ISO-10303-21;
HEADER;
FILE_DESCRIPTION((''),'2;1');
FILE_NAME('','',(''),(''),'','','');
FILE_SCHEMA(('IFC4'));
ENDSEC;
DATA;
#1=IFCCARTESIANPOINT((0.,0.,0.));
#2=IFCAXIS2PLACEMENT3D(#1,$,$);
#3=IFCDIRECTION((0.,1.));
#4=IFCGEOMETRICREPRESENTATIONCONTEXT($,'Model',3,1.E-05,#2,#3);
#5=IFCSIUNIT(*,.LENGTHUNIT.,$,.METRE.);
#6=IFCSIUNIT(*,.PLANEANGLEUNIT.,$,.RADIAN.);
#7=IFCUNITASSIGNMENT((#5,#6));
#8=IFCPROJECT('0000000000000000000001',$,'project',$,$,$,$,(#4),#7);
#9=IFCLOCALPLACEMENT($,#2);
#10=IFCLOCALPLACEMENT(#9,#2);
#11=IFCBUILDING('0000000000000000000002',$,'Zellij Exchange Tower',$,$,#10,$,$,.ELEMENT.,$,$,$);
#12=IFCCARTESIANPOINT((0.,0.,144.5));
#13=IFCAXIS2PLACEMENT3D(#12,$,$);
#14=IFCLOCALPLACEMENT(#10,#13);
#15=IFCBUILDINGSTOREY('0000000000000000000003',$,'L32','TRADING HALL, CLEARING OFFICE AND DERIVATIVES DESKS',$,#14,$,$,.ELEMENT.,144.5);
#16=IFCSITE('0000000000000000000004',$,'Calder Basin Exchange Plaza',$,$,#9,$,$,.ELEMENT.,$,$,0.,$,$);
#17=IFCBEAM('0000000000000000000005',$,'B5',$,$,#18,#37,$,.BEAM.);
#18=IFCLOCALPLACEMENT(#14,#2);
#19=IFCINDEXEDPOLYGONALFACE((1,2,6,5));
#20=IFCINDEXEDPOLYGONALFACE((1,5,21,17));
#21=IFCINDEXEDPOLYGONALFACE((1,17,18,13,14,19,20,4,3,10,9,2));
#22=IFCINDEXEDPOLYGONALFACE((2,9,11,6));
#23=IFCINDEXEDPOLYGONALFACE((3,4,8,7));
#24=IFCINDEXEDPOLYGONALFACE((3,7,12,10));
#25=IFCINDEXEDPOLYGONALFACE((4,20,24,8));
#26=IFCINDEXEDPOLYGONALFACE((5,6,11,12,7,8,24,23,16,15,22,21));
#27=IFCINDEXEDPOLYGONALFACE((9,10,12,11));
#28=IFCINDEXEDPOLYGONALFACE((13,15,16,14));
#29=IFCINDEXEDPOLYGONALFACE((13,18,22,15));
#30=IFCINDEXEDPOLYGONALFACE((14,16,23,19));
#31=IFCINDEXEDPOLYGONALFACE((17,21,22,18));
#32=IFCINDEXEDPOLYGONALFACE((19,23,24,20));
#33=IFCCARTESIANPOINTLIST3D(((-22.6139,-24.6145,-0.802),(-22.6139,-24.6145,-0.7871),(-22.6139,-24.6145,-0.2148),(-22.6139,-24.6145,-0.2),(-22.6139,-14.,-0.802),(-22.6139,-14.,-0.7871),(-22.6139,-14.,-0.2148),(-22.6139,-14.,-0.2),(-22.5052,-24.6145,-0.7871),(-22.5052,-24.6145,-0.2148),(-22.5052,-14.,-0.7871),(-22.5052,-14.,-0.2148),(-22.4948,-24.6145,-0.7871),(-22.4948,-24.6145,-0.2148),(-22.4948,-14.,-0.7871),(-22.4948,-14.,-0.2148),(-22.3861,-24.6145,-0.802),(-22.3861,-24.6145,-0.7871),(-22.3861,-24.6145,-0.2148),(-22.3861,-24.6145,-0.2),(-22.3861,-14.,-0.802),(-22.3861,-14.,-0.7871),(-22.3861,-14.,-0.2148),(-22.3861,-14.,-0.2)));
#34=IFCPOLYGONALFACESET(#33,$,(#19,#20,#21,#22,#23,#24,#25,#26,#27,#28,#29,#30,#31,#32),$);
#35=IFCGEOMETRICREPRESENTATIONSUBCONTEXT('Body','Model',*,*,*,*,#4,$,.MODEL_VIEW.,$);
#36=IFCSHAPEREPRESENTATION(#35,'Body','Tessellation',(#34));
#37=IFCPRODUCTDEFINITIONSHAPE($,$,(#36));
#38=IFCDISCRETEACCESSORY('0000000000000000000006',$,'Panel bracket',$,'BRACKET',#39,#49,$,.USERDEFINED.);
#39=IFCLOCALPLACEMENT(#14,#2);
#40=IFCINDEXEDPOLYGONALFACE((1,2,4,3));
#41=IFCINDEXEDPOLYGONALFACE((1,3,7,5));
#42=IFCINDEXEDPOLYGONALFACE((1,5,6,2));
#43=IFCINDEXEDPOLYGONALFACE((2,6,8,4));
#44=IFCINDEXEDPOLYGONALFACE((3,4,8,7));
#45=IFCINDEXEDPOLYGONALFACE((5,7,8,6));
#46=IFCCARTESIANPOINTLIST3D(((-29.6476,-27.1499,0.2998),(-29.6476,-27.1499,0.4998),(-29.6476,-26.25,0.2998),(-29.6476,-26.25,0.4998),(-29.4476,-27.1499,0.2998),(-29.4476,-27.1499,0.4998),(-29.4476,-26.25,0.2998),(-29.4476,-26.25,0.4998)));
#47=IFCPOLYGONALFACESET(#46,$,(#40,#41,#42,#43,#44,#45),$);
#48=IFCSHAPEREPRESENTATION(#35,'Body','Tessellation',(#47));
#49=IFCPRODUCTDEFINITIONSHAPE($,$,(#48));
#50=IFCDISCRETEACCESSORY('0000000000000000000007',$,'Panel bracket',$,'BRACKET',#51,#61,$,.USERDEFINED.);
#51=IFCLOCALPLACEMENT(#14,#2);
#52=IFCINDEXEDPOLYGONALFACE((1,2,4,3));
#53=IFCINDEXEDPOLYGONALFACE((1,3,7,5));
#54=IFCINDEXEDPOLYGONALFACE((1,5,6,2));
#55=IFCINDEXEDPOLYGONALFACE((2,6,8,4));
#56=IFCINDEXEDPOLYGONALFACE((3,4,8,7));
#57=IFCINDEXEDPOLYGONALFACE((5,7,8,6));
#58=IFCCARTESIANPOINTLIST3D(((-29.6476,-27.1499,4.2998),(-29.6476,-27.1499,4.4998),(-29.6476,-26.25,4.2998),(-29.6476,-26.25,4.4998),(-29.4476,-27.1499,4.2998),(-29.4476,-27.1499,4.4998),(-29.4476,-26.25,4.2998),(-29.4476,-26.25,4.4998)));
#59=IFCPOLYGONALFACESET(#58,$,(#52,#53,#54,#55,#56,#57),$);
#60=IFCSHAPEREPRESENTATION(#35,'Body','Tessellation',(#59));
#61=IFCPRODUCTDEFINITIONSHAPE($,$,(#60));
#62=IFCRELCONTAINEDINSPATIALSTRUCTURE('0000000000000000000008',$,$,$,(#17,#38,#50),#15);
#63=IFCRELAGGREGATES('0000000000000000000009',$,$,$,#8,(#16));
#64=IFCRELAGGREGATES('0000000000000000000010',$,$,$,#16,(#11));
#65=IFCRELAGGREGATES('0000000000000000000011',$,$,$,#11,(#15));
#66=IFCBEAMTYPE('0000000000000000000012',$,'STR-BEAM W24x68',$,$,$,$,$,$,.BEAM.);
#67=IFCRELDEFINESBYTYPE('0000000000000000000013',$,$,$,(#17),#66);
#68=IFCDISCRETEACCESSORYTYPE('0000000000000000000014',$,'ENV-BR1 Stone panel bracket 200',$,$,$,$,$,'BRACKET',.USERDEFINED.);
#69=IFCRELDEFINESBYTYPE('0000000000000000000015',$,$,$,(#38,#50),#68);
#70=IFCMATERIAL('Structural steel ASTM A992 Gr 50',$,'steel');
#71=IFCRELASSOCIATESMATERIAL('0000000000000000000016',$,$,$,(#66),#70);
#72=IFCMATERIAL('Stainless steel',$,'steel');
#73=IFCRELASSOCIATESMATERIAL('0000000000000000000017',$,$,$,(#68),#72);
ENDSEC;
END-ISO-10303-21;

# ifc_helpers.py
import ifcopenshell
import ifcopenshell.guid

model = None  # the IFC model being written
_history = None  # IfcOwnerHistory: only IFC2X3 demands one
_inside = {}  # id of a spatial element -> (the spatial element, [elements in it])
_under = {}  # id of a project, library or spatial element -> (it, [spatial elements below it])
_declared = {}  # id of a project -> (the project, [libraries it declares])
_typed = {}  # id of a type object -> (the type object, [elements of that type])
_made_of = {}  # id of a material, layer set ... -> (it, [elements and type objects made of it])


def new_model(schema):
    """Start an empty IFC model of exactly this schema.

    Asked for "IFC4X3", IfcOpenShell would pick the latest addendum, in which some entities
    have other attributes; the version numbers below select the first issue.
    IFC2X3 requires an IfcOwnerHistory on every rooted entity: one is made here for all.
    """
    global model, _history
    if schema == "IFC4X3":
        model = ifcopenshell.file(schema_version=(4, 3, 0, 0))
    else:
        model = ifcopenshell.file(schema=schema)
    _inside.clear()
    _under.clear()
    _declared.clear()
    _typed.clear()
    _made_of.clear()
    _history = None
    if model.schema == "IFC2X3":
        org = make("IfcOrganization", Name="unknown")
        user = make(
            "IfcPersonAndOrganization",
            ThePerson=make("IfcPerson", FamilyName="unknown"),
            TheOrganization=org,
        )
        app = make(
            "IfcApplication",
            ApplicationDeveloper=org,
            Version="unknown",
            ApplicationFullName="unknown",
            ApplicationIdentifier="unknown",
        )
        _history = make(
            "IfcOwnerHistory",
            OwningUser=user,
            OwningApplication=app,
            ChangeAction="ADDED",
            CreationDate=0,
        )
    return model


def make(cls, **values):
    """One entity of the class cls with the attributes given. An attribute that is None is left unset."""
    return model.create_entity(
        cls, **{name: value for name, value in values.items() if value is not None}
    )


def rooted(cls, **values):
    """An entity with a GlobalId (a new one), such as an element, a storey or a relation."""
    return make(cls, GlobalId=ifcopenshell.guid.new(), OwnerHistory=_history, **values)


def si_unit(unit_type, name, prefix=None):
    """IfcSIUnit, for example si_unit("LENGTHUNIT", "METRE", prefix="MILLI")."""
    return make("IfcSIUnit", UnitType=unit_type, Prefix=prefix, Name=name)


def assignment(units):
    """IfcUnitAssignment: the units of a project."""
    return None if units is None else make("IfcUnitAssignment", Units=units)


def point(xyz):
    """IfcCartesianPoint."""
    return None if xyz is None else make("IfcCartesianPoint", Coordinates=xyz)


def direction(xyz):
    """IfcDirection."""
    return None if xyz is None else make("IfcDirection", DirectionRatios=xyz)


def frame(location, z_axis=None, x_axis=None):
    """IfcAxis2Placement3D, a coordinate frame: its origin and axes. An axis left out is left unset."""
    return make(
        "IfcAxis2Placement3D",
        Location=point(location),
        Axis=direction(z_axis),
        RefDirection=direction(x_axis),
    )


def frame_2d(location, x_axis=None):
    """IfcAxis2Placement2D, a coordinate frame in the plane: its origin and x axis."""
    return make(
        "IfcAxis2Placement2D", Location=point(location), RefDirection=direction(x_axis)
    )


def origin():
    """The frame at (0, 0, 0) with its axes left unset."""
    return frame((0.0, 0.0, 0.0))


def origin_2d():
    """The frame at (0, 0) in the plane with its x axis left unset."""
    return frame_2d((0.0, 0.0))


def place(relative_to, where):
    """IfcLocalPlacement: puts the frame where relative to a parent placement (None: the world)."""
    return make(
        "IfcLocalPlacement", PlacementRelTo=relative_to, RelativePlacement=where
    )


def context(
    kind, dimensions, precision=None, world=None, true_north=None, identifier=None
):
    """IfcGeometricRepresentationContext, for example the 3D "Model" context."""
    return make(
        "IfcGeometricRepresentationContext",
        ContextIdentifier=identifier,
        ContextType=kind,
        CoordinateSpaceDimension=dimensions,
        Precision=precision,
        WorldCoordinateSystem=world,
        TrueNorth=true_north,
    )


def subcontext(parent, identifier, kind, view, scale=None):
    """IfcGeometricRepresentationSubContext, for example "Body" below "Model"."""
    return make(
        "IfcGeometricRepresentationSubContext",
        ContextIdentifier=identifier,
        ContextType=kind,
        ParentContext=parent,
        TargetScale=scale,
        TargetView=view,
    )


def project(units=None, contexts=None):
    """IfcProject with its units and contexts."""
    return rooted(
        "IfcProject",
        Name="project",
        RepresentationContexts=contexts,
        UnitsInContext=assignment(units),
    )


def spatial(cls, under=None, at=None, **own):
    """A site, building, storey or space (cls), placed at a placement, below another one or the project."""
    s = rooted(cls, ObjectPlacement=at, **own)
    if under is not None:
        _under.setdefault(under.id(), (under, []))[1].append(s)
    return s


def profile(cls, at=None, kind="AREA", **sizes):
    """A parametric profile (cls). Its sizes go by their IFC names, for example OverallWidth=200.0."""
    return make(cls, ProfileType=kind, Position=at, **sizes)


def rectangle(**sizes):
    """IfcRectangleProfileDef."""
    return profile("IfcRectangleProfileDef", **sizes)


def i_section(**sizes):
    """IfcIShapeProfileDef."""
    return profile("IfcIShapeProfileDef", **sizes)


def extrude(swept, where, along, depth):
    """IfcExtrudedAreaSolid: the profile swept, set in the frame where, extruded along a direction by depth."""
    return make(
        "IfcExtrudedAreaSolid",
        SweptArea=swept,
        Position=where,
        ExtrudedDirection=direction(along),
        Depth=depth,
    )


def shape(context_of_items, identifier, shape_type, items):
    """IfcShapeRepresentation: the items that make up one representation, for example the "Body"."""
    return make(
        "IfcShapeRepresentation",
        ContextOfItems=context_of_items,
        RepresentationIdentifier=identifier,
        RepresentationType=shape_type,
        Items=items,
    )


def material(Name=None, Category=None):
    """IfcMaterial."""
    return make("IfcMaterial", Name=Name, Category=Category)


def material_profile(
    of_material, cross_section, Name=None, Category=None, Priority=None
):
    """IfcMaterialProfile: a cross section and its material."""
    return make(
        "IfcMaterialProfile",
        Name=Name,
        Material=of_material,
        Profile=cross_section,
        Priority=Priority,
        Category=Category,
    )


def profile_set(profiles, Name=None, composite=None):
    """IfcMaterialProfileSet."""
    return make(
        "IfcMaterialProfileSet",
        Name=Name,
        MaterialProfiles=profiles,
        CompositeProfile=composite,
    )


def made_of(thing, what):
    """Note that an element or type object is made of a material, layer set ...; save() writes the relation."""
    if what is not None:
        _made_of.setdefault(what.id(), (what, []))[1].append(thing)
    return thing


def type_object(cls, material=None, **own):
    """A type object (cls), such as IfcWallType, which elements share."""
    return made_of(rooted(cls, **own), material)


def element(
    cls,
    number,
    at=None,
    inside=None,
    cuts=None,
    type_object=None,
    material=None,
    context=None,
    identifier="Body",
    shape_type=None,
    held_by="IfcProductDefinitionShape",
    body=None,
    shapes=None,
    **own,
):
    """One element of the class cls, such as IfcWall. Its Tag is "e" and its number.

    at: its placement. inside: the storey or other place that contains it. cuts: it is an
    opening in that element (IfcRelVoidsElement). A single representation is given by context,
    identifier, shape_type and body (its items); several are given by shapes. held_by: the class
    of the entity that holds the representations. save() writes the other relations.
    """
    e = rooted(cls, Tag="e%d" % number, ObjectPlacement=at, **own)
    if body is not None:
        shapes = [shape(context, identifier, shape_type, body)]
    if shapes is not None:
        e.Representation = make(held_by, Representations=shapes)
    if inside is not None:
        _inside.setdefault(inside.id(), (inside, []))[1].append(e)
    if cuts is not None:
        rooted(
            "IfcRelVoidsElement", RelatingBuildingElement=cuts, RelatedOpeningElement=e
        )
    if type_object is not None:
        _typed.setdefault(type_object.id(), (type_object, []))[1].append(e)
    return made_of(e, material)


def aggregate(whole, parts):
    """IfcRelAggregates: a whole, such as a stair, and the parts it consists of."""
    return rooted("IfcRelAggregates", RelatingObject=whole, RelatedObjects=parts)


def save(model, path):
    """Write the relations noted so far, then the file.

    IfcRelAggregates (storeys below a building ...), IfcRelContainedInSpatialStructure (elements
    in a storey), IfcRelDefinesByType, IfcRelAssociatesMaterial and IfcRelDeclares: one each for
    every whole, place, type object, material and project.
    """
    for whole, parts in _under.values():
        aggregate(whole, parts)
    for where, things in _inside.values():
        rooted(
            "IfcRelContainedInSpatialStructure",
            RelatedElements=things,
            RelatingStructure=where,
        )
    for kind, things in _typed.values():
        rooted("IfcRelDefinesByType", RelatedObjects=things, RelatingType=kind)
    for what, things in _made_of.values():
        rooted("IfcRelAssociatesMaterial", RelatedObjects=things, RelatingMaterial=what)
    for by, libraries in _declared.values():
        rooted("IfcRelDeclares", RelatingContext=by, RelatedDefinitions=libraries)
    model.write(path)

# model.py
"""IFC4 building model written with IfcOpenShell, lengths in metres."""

from ifc_helpers import new_model, si_unit, direction, frame, origin, origin_2d, place, context, subcontext, project, spatial, rectangle, i_section, extrude, material, material_profile, profile_set, type_object, element, save


model = new_model("IFC4")

# Units and contexts
model_context = context("Model", 3, precision=1e-05, world=origin(), true_north=direction((0.0, 1.0)))
body_context = subcontext(model_context, "Body", "Model", "MODEL_VIEW")
ifc_project = project(units=[si_unit("LENGTHUNIT", "METRE"), si_unit("PLANEANGLEUNIT", "RADIAN")], contexts=[model_context])

# Site, building, storey
site_placement = place(None, origin())
site = spatial("IfcSite", under=ifc_project, at=site_placement, Name="Calder Basin Exchange Plaza", CompositionType="ELEMENT", RefElevation=0.0)
building_placement = place(site_placement, origin())
building = spatial("IfcBuilding", under=site, at=building_placement, Name="Zellij Exchange Tower", CompositionType="ELEMENT")
storey_placement = place(building_placement, frame((0.0, 0.0, 144.5)))
storey = spatial("IfcBuildingStorey", under=building, at=storey_placement, Name="L32", Description="TRADING HALL, CLEARING OFFICE AND DERIVATIVES DESKS", CompositionType="ELEMENT", Elevation=144.5)

# Beam
ifc_material_1 = material(Name="Structural steel ASTM A992 Gr 50", Category="steel")
ifc_material_profile = material_profile(ifc_material_1, i_section(OverallWidth=0.2278, OverallDepth=0.6021, WebThickness=0.0105, FlangeThickness=0.0149, at=origin_2d()), Name="W24x68")
ifc_profile_set = profile_set([ifc_material_profile], Name="Structural steel ASTM A992 Gr 50")
beam_type = type_object("IfcBeamType", Name="STR-BEAM W24x68", PredefinedType="BEAM", material=ifc_profile_set)
beam_placement = place(storey_placement, frame((-22.5, -24.6145, -0.501), z_axis=(0.0, 1.0, 0.0), x_axis=(-1.0, 0.0, 0.0)))
element("IfcBeam", 1, at=beam_placement, inside=storey, type_object=beam_type, Name="B5", PredefinedType="BEAM", context=body_context, shape_type="SweptSolid", body=[
    extrude(i_section(OverallWidth=0.2278, OverallDepth=0.6021, WebThickness=0.0105, FlangeThickness=0.0149, at=origin_2d()), origin(), (0.0, 0.0, 1.0), 10.6145),
])

# Discrete accessories
ifc_material_2 = material(Name="Stainless steel", Category="steel")
discrete_accessory_type = type_object("IfcDiscreteAccessoryType", Name="ENV-BR1 Stone panel bracket 200", ElementType="BRACKET", PredefinedType="USERDEFINED", material=ifc_material_2)
for number, where, z_axis, x_axis, name in (
    (2, (-29.5476, -26.7, 0.2998), (0.0, 0.0, 1.0), (1.0, 0.0, 0.0), "Panel bracket"),
    (3, (-29.5476, -26.7, 4.2998), (0.0, 0.0, 1.0), (1.0, 0.0, 0.0), "Panel bracket"),
):
    element("IfcDiscreteAccessory", number, at=place(storey_placement, frame(where, z_axis=z_axis, x_axis=x_axis)), inside=storey, type_object=discrete_accessory_type, Name=name, ObjectType="BRACKET", PredefinedType="USERDEFINED", context=body_context, shape_type="SweptSolid", body=[
        extrude(rectangle(XDim=0.2, YDim=0.8999, at=origin_2d()), origin(), (0.0, 0.0, 1.0), 0.2),
    ])

save(model, "model.ifc")
